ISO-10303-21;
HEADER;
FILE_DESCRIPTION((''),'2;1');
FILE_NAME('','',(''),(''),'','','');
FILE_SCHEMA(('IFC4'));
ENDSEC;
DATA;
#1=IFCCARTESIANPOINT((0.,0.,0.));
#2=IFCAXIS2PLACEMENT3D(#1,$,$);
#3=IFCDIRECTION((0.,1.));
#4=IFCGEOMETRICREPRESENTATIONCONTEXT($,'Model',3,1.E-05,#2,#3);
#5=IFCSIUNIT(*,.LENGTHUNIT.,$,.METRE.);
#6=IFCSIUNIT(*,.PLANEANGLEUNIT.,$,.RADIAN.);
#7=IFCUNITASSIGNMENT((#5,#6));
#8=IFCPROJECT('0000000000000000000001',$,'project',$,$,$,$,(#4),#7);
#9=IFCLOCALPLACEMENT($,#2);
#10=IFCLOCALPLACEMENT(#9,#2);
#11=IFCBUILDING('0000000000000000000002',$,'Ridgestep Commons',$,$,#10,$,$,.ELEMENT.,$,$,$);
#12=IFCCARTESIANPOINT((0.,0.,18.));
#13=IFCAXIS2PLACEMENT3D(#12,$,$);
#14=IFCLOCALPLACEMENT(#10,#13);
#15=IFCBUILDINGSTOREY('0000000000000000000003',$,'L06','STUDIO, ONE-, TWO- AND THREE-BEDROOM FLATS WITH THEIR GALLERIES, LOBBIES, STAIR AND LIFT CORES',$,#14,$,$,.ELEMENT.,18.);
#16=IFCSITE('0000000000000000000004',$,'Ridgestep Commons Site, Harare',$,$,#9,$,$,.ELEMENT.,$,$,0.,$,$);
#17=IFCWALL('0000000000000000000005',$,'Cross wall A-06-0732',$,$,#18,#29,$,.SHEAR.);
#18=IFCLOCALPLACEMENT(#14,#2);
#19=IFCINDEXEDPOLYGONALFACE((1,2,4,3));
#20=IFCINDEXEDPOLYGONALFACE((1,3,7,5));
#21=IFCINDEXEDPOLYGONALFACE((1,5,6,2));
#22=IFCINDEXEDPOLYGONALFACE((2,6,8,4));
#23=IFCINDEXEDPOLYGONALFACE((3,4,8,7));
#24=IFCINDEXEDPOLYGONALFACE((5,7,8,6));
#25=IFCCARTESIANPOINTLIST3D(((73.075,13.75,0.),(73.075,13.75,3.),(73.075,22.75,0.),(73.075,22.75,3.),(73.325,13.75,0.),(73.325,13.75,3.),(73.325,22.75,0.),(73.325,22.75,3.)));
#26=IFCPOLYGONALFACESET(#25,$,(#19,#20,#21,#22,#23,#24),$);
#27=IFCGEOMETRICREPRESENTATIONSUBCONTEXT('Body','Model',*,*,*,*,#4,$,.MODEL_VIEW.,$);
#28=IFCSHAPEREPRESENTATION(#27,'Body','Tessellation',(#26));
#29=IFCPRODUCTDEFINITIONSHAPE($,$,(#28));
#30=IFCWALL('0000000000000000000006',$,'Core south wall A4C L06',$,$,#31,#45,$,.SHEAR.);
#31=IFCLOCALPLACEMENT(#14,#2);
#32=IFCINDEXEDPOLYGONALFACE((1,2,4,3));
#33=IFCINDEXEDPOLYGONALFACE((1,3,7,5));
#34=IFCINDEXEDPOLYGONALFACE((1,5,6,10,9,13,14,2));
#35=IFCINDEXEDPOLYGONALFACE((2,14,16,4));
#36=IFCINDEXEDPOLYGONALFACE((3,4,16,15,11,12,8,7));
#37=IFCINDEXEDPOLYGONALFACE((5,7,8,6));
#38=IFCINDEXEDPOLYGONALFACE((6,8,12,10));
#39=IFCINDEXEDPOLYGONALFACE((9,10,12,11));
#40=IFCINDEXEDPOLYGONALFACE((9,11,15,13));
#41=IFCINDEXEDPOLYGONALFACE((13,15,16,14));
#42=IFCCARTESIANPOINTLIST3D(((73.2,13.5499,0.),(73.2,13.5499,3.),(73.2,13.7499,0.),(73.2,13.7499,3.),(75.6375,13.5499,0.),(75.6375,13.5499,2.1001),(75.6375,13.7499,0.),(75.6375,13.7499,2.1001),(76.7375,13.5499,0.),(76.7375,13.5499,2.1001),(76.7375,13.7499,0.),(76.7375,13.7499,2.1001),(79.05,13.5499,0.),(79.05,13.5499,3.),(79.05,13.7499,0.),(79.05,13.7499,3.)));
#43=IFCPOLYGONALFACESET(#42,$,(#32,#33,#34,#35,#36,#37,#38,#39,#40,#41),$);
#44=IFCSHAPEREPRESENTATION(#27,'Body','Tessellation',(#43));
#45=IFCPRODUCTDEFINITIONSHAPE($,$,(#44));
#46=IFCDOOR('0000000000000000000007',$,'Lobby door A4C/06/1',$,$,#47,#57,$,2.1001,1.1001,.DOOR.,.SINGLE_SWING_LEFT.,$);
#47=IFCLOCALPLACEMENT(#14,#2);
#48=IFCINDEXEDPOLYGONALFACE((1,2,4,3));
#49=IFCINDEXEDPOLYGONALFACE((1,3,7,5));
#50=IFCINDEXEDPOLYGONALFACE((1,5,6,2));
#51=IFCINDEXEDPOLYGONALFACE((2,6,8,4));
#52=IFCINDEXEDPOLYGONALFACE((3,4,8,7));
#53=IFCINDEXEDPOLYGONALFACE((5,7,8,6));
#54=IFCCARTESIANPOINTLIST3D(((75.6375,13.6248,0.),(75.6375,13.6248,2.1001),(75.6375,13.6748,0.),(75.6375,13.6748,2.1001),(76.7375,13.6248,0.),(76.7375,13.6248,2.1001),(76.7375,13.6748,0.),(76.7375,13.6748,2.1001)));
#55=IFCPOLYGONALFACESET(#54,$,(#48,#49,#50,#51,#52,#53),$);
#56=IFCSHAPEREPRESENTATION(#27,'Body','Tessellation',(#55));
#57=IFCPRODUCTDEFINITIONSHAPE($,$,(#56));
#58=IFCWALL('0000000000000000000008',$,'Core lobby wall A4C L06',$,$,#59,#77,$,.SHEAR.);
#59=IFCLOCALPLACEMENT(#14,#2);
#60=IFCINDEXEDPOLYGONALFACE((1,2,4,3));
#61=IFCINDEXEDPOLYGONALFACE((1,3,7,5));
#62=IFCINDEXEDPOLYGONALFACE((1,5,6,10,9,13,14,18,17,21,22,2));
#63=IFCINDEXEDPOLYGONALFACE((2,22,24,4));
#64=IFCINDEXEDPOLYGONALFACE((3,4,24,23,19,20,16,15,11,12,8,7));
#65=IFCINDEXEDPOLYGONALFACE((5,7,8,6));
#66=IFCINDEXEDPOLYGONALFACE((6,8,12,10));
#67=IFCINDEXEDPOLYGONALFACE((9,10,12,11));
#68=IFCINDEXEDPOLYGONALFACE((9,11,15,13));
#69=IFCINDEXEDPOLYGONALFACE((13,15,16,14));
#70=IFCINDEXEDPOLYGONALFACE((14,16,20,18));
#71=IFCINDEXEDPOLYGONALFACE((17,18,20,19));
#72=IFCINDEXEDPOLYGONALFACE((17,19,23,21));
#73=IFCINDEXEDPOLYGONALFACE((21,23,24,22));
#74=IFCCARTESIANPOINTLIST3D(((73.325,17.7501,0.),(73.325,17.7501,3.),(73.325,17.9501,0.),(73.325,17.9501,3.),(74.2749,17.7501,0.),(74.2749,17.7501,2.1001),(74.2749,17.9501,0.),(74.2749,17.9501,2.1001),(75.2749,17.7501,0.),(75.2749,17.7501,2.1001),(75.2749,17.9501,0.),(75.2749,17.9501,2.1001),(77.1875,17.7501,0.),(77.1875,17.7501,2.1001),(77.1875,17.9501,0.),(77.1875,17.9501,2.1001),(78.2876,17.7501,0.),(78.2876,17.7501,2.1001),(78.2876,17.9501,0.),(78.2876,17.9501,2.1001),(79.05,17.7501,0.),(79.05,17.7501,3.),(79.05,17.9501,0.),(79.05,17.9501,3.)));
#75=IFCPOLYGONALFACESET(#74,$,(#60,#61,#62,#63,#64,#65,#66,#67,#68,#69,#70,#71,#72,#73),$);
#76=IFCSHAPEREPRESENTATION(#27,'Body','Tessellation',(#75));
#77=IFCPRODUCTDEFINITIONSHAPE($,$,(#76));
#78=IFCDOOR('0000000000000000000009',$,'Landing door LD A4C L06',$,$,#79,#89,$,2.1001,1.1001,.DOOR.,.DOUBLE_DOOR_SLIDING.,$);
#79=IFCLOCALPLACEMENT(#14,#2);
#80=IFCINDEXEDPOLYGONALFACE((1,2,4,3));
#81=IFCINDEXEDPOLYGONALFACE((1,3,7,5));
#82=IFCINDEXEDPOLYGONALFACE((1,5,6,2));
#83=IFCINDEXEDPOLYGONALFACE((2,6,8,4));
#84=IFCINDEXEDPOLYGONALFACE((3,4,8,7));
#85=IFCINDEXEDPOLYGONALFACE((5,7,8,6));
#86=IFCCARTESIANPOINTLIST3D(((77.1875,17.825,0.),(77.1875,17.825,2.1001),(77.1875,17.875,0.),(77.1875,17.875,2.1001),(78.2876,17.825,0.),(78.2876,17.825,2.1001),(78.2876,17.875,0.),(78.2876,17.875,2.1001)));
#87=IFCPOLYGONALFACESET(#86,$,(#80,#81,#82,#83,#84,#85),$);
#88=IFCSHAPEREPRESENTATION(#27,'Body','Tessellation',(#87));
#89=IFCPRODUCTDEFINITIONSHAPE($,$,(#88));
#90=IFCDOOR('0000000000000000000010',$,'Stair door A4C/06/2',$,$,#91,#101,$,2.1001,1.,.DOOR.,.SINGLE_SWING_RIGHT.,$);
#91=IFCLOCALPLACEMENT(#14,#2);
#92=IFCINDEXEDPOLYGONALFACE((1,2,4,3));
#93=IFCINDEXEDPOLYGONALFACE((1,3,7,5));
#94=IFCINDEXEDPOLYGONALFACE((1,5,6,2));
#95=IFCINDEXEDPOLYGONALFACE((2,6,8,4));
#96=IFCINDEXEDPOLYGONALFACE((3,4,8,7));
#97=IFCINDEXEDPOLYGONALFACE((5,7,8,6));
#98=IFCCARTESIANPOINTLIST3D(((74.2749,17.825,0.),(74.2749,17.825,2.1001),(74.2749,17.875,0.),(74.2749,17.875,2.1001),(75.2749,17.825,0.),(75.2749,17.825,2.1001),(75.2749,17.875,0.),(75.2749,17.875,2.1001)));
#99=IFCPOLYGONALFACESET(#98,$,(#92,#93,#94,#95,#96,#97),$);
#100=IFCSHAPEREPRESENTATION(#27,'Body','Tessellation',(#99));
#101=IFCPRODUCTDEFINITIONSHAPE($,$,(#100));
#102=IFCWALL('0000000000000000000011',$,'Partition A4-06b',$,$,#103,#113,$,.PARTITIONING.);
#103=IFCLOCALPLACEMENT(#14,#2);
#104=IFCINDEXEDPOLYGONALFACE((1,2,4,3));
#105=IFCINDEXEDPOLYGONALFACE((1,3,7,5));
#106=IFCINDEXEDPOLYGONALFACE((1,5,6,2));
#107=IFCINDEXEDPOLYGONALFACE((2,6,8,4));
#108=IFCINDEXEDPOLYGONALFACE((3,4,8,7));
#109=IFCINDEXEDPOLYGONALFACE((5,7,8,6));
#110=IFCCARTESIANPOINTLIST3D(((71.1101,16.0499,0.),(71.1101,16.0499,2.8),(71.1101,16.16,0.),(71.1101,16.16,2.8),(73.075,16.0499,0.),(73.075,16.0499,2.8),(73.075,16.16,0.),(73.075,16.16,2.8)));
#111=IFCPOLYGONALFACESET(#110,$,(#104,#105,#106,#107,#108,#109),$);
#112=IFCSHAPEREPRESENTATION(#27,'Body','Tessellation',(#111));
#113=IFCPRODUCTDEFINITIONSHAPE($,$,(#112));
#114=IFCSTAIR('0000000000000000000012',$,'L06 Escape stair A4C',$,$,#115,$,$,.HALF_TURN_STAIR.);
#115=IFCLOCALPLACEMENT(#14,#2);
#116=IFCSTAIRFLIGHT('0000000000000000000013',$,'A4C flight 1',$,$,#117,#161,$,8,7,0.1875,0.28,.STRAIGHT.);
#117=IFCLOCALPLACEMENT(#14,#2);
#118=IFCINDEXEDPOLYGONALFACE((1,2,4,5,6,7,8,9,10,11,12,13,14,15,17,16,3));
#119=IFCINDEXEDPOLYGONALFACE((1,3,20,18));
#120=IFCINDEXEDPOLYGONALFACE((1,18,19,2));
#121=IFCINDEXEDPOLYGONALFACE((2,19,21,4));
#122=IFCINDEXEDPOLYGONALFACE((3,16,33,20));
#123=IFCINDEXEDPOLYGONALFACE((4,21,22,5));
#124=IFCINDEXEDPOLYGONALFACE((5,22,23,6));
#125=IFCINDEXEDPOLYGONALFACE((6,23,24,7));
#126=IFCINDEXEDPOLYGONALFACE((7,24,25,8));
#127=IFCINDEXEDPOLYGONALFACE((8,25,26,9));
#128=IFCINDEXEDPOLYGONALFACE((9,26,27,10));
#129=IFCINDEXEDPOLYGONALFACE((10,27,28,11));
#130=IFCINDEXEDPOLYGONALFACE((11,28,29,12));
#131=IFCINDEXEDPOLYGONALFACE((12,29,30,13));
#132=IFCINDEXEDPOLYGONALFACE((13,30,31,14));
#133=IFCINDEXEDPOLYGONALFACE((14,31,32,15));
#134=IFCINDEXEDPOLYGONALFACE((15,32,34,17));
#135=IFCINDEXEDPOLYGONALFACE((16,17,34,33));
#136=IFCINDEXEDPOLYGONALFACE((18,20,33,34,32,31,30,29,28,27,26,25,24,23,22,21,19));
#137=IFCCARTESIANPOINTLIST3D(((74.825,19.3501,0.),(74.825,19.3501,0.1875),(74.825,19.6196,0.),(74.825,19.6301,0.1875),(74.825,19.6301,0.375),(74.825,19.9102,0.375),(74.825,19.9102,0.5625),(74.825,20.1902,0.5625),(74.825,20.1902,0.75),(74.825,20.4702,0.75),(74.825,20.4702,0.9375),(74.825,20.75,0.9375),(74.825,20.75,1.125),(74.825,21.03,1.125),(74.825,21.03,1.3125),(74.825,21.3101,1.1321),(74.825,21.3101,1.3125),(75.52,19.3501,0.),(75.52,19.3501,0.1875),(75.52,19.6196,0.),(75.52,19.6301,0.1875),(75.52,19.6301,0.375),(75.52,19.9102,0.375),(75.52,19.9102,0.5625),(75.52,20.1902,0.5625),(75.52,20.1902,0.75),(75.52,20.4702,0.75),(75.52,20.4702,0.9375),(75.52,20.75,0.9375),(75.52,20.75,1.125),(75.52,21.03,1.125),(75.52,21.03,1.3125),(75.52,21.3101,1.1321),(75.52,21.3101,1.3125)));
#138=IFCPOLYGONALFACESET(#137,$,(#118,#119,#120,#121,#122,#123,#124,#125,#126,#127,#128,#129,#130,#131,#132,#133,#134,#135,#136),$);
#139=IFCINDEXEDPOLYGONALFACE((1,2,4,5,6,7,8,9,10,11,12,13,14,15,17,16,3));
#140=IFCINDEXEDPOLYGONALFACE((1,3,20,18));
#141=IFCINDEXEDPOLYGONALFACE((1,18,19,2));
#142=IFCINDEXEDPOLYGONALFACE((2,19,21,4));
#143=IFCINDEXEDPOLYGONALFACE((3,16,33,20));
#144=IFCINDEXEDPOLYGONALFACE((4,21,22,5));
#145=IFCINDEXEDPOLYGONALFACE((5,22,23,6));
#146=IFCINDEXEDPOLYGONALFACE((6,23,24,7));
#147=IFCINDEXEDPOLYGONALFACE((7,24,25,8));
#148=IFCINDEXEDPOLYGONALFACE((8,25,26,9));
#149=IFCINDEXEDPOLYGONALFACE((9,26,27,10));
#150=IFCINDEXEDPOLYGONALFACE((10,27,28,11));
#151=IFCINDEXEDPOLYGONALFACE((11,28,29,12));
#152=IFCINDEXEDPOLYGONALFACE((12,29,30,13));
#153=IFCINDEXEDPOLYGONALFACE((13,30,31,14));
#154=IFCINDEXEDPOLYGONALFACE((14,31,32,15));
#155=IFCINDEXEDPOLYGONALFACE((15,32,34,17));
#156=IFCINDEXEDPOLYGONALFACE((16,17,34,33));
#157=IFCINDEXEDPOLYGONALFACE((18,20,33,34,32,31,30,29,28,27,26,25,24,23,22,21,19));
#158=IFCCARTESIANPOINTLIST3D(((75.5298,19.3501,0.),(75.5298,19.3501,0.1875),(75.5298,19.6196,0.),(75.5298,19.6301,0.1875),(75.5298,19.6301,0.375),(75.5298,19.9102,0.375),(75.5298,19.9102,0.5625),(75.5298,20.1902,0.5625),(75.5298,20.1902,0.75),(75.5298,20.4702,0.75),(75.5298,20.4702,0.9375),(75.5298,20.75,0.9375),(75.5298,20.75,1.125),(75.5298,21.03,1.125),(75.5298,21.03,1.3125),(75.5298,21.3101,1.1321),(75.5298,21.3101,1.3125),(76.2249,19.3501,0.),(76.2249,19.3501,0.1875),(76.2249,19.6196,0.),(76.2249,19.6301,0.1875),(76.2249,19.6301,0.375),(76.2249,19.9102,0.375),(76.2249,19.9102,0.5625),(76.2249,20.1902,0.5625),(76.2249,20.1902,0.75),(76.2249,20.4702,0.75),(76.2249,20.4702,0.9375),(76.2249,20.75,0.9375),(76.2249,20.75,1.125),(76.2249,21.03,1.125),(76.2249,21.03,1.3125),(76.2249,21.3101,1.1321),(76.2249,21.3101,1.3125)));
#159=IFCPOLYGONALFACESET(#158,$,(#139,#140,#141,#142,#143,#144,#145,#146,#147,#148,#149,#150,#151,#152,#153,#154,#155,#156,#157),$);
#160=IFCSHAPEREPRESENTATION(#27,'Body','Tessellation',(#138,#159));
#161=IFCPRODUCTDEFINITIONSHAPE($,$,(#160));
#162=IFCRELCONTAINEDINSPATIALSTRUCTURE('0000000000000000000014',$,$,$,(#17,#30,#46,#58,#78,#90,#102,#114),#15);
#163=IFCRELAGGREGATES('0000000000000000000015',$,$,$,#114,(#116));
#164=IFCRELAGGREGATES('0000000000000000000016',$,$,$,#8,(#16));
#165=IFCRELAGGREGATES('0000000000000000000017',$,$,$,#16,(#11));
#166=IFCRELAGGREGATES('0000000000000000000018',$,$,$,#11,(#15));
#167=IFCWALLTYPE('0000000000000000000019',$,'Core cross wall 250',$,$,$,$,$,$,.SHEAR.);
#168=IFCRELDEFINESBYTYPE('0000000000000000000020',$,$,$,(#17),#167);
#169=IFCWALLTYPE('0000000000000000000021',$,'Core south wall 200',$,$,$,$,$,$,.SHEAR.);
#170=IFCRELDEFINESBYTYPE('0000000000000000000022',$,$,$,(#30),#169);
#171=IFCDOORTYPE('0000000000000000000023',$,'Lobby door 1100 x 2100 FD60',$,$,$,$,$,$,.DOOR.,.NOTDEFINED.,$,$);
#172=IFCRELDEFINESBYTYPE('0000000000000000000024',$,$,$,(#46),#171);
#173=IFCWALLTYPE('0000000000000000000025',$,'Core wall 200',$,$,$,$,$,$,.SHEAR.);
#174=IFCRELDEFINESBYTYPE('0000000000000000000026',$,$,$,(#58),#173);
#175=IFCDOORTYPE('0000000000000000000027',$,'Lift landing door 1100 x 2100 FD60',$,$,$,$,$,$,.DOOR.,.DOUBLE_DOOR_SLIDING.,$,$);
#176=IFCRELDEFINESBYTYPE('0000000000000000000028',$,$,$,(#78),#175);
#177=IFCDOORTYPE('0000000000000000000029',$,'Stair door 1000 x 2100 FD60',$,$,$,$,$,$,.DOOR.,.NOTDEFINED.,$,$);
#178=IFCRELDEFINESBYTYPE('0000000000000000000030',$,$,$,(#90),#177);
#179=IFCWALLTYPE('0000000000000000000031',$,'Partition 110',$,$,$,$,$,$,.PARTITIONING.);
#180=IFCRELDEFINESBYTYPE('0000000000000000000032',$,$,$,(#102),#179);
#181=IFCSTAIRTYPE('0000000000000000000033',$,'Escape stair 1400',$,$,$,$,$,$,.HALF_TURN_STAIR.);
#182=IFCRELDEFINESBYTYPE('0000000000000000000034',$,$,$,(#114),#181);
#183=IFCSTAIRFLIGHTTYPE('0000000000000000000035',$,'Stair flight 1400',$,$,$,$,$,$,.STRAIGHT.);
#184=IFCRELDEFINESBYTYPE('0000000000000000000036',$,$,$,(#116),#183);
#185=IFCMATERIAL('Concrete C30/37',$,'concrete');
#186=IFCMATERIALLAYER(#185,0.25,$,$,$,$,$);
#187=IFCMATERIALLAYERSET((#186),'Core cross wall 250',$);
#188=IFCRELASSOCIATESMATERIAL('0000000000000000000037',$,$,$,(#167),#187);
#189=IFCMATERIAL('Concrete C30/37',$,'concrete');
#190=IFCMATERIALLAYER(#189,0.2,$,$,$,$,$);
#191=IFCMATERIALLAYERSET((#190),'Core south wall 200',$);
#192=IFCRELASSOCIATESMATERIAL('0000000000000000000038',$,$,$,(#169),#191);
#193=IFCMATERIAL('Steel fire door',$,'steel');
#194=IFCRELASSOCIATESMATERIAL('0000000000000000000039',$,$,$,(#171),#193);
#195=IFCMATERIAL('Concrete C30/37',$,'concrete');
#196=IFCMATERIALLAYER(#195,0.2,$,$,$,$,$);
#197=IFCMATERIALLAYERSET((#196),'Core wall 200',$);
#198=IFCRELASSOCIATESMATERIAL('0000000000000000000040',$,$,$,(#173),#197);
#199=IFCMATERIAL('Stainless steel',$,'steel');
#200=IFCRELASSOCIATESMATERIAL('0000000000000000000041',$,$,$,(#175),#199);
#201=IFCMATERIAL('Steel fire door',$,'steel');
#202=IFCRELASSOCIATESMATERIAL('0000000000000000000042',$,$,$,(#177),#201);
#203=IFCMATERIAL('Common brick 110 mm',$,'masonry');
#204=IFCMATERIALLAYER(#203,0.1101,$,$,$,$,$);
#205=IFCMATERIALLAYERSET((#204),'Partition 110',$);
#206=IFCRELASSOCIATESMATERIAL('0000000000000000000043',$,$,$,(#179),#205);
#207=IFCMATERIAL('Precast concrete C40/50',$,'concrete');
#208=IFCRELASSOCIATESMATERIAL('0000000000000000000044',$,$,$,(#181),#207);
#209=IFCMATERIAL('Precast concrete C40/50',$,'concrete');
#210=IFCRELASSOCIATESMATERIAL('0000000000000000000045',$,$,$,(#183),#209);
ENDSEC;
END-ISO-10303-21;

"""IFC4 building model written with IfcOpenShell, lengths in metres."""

from ifc_helpers import new_model, si_unit, direction, frame, frame_2d, origin, place, context, subcontext, project, spatial, polyline, rectangle, outline, extrude, material, layer, layer_set, type_object, element, fill, aggregate, save


model = new_model("IFC4")

# Units and contexts
model_context = context("Model", 3, precision=1e-05, world=origin(), true_north=direction((0.0, 1.0)))
body_context = subcontext(model_context, "Body", "Model", "MODEL_VIEW")
ifc_project = project(units=[si_unit("LENGTHUNIT", "METRE"), si_unit("PLANEANGLEUNIT", "RADIAN")], contexts=[model_context])

# Site, building, storey
site_placement = place(None, origin())
site = spatial("IfcSite", under=ifc_project, at=site_placement, Name="Ridgestep Commons Site, Harare", CompositionType="ELEMENT", RefElevation=0.0)
building_placement = place(site_placement, origin())
building = spatial("IfcBuilding", under=site, at=building_placement, Name="Ridgestep Commons", CompositionType="ELEMENT")
storey_placement = place(building_placement, frame((0.0, 0.0, 18.0)))
storey = spatial("IfcBuildingStorey", under=building, at=storey_placement, Name="L06", Description="STUDIO, ONE-, TWO- AND THREE-BEDROOM FLATS WITH THEIR GALLERIES, LOBBIES, STAIR AND LIFT CORES", CompositionType="ELEMENT", Elevation=18.0)

# Wall
ifc_material_1 = material(Name="Concrete C30/37", Category="concrete")
ifc_layer_1 = layer(ifc_material_1, 0.25)
ifc_layer_set_1 = layer_set([ifc_layer_1], Name="Core cross wall 250")
wall_type_1 = type_object("IfcWallType", Name="Core cross wall 250", PredefinedType="SHEAR", material=ifc_layer_set_1)
wall_1_placement = place(storey_placement, frame((73.2, 13.75, 0.0), z_axis=(0.0, 0.0, 1.0), x_axis=(0.0, 1.0, 0.0)))
element("IfcWall", 1, at=wall_1_placement, inside=storey, type_object=wall_type_1, Name="Cross wall A-06-0732", PredefinedType="SHEAR", context=body_context, shape_type="SweptSolid", body=[
    extrude(rectangle(XDim=9.0, YDim=0.25, at=frame_2d((4.5, 0.0))), origin(), (0.0, 0.0, 1.0), 3.0),
])

# Wall, opening, door
ifc_material_2 = material(Name="Concrete C30/37", Category="concrete")
ifc_layer_2 = layer(ifc_material_2, 0.2)
ifc_layer_set_2 = layer_set([ifc_layer_2], Name="Core south wall 200")
wall_type_2 = type_object("IfcWallType", Name="Core south wall 200", PredefinedType="SHEAR", material=ifc_layer_set_2)
wall_2_placement = place(storey_placement, frame((73.2, 13.6499, 0.0), z_axis=(0.0, 0.0, 1.0), x_axis=(1.0, 0.0, 0.0)))
wall_2 = element("IfcWall", 2, at=wall_2_placement, inside=storey, type_object=wall_type_2, Name="Core south wall A4C L06", PredefinedType="SHEAR", context=body_context, shape_type="SweptSolid", body=[
    extrude(rectangle(XDim=5.8501, YDim=0.2, at=frame_2d((2.925, 0.0))), origin(), (0.0, 0.0, 1.0), 3.0),
])
opening_1_placement = place(wall_2_placement, frame((2.4375, 0.0, 0.0)))
opening_1 = element("IfcOpeningElement", 3, at=opening_1_placement, cuts=wall_2, PredefinedType="OPENING", context=body_context, shape_type="SweptSolid", body=[
    extrude(rectangle(XDim=1.1001, YDim=2.1001, at=frame_2d((0.55, 1.05))), frame((0.0, 0.1099, 0.0), z_axis=(0.0, -1.0, 0.0), x_axis=(1.0, 0.0, 0.0)), (0.0, 0.0, 1.0), 0.22),
])
ifc_material_3 = material(Name="Steel fire door", Category="steel")
door_type_1 = type_object("IfcDoorType", Name="Lobby door 1100 x 2100 FD60", OperationType="NOTDEFINED", PredefinedType="DOOR", material=ifc_material_3)
door_1_placement = place(opening_1_placement, origin())
door_1 = element("IfcDoor", 4, at=door_1_placement, inside=storey, type_object=door_type_1, Name="Lobby door A4C/06/1", OperationType="SINGLE_SWING_LEFT", OverallHeight=2.1001, OverallWidth=1.1001, PredefinedType="DOOR", context=body_context, shape_type="SweptSolid", body=[
    extrude(rectangle(XDim=1.1001, YDim=2.1001, at=frame_2d((0.55, 1.05))), frame((0.0, 0.0249, 0.0), z_axis=(0.0, -1.0, 0.0), x_axis=(1.0, 0.0, 0.0)), (0.0, 0.0, 1.0), 0.05),
])
fill(opening_1, door_1)

# Wall, openings, doors
ifc_material_4 = material(Name="Concrete C30/37", Category="concrete")
ifc_layer_3 = layer(ifc_material_4, 0.2)
ifc_layer_set_3 = layer_set([ifc_layer_3], Name="Core wall 200")
wall_type_3 = type_object("IfcWallType", Name="Core wall 200", PredefinedType="SHEAR", material=ifc_layer_set_3)
wall_3_placement = place(storey_placement, frame((73.325, 17.8501, 0.0), z_axis=(0.0, 0.0, 1.0), x_axis=(1.0, 0.0, 0.0)))
wall_3 = element("IfcWall", 5, at=wall_3_placement, inside=storey, type_object=wall_type_3, Name="Core lobby wall A4C L06", PredefinedType="SHEAR", context=body_context, shape_type="SweptSolid", body=[
    extrude(rectangle(XDim=5.7251, YDim=0.2, at=frame_2d((2.8625, 0.0))), origin(), (0.0, 0.0, 1.0), 3.0),
])
opening_2_placement = place(wall_3_placement, frame((0.95, 0.0, 0.0)))
opening_2 = element("IfcOpeningElement", 6, at=opening_2_placement, cuts=wall_3, PredefinedType="OPENING", context=body_context, shape_type="SweptSolid", body=[
    extrude(rectangle(XDim=1.0, YDim=2.1001, at=frame_2d((0.5, 1.05))), frame((0.0, 0.1099, 0.0), z_axis=(0.0, -1.0, 0.0), x_axis=(1.0, 0.0, 0.0)), (0.0, 0.0, 1.0), 0.22),
])
opening_3_placement = place(wall_3_placement, frame((3.8625, 0.0, 0.0)))
opening_3 = element("IfcOpeningElement", 7, at=opening_3_placement, cuts=wall_3, PredefinedType="OPENING", context=body_context, shape_type="SweptSolid", body=[
    extrude(rectangle(XDim=1.1001, YDim=2.1001, at=frame_2d((0.55, 1.05))), frame((0.0, 0.1099, 0.0), z_axis=(0.0, -1.0, 0.0), x_axis=(1.0, 0.0, 0.0)), (0.0, 0.0, 1.0), 0.22),
])
ifc_material_5 = material(Name="Stainless steel", Category="steel")
door_type_2 = type_object("IfcDoorType", Name="Lift landing door 1100 x 2100 FD60", OperationType="DOUBLE_DOOR_SLIDING", PredefinedType="DOOR", material=ifc_material_5)
door_2_placement = place(opening_3_placement, origin())
door_2 = element("IfcDoor", 8, at=door_2_placement, inside=storey, type_object=door_type_2, Name="Landing door LD A4C L06", OperationType="DOUBLE_DOOR_SLIDING", OverallHeight=2.1001, OverallWidth=1.1001, PredefinedType="DOOR", context=body_context, shape_type="SweptSolid", body=[
    extrude(rectangle(XDim=1.1001, YDim=2.1001, at=frame_2d((0.55, 1.05))), frame((0.0, 0.0249, 0.0), z_axis=(0.0, -1.0, 0.0), x_axis=(1.0, 0.0, 0.0)), (0.0, 0.0, 1.0), 0.05),
])
fill(opening_3, door_2)
ifc_material_6 = material(Name="Steel fire door", Category="steel")
door_type_3 = type_object("IfcDoorType", Name="Stair door 1000 x 2100 FD60", OperationType="NOTDEFINED", PredefinedType="DOOR", material=ifc_material_6)
door_3_placement = place(opening_2_placement, origin())
door_3 = element("IfcDoor", 9, at=door_3_placement, inside=storey, type_object=door_type_3, Name="Stair door A4C/06/2", OperationType="SINGLE_SWING_RIGHT", OverallHeight=2.1001, OverallWidth=1.0, PredefinedType="DOOR", context=body_context, shape_type="SweptSolid", body=[
    extrude(rectangle(XDim=1.0, YDim=2.1001, at=frame_2d((0.5, 1.05))), frame((0.0, 0.0249, 0.0), z_axis=(0.0, -1.0, 0.0), x_axis=(1.0, 0.0, 0.0)), (0.0, 0.0, 1.0), 0.05),
])
fill(opening_2, door_3)

# Wall
ifc_material_7 = material(Name="Common brick 110 mm", Category="masonry")
ifc_layer_4 = layer(ifc_material_7, 0.1101)
ifc_layer_set_4 = layer_set([ifc_layer_4], Name="Partition 110")
wall_type_4 = type_object("IfcWallType", Name="Partition 110", PredefinedType="PARTITIONING", material=ifc_layer_set_4)
wall_4_placement = place(storey_placement, frame((71.1101, 16.105, 0.0), z_axis=(0.0, 0.0, 1.0), x_axis=(1.0, 0.0, 0.0)))
element("IfcWall", 10, at=wall_4_placement, inside=storey, type_object=wall_type_4, Name="Partition A4-06b", PredefinedType="PARTITIONING", context=body_context, shape_type="SweptSolid", body=[
    extrude(rectangle(XDim=1.9648, YDim=0.1101, at=frame_2d((0.9824, 0.0))), origin(), (0.0, 0.0, 1.0), 2.8),
])

# Stair, stair flight
ifc_material_8 = material(Name="Precast concrete C40/50", Category="concrete")
stair_type = type_object("IfcStairType", Name="Escape stair 1400", PredefinedType="HALF_TURN_STAIR", material=ifc_material_8)
stair_placement = place(storey_placement, origin())
stair = element("IfcStair", 11, at=stair_placement, inside=storey, type_object=stair_type, Name="L06 Escape stair A4C", PredefinedType="HALF_TURN_STAIR")
ifc_material_9 = material(Name="Precast concrete C40/50", Category="concrete")
stair_flight_type = type_object("IfcStairFlightType", Name="Stair flight 1400", PredefinedType="STRAIGHT", material=ifc_material_9)
stair_flight_1_placement = place(storey_placement, frame((75.5249, 19.3501, 0.0), z_axis=(0.0, 0.0, 1.0), x_axis=(0.0, 1.0, 0.0)))
stair_flight_1 = element("IfcStairFlight", 12, at=stair_flight_1_placement, type_object=stair_flight_type, Name="A4C flight 1", NumberOfRisers=8, NumberOfTreads=7, PredefinedType="STRAIGHT", RiserHeight=0.1875, TreadLength=0.28, context=body_context, shape_type="SweptSolid", body=[
    extrude(outline(polyline([(0.0, 0.0), (0.0, 0.1875), (0.28, 0.1875), (0.28, 0.375), (0.5601, 0.375), (0.5601, 0.5625), (0.8401, 0.5625), (0.8401, 0.75), (1.1201, 0.75), (1.1201, 0.9375), (1.3999, 0.9375), (1.3999, 1.125), (1.6799, 1.125), (1.6799, 1.3125), (1.96, 1.3125), (1.96, 1.5), (1.96, 1.1321), (0.2695, 0.0), (0.0, 0.0)])), frame((0.0, 0.7, 0.0), z_axis=(0.0, -1.0, 0.0), x_axis=(1.0, 0.0, 0.0)), (0.0, 0.0, 1.0), 0.6951),
    extrude(outline(polyline([(0.0, 0.0), (0.0, 0.1875), (0.28, 0.1875), (0.28, 0.375), (0.5601, 0.375), (0.5601, 0.5625), (0.8401, 0.5625), (0.8401, 0.75), (1.1201, 0.75), (1.1201, 0.9375), (1.3999, 0.9375), (1.3999, 1.125), (1.6799, 1.125), (1.6799, 1.3125), (1.96, 1.3125), (1.96, 1.5), (1.96, 1.1321), (0.2695, 0.0), (0.0, 0.0)])), frame((0.0, -0.0049, 0.0), z_axis=(0.0, -1.0, 0.0), x_axis=(1.0, 0.0, 0.0)), (0.0, 0.0, 1.0), 0.6951),
])
aggregate(stair, [stair_flight_1])

save(model, "model.ifc")
